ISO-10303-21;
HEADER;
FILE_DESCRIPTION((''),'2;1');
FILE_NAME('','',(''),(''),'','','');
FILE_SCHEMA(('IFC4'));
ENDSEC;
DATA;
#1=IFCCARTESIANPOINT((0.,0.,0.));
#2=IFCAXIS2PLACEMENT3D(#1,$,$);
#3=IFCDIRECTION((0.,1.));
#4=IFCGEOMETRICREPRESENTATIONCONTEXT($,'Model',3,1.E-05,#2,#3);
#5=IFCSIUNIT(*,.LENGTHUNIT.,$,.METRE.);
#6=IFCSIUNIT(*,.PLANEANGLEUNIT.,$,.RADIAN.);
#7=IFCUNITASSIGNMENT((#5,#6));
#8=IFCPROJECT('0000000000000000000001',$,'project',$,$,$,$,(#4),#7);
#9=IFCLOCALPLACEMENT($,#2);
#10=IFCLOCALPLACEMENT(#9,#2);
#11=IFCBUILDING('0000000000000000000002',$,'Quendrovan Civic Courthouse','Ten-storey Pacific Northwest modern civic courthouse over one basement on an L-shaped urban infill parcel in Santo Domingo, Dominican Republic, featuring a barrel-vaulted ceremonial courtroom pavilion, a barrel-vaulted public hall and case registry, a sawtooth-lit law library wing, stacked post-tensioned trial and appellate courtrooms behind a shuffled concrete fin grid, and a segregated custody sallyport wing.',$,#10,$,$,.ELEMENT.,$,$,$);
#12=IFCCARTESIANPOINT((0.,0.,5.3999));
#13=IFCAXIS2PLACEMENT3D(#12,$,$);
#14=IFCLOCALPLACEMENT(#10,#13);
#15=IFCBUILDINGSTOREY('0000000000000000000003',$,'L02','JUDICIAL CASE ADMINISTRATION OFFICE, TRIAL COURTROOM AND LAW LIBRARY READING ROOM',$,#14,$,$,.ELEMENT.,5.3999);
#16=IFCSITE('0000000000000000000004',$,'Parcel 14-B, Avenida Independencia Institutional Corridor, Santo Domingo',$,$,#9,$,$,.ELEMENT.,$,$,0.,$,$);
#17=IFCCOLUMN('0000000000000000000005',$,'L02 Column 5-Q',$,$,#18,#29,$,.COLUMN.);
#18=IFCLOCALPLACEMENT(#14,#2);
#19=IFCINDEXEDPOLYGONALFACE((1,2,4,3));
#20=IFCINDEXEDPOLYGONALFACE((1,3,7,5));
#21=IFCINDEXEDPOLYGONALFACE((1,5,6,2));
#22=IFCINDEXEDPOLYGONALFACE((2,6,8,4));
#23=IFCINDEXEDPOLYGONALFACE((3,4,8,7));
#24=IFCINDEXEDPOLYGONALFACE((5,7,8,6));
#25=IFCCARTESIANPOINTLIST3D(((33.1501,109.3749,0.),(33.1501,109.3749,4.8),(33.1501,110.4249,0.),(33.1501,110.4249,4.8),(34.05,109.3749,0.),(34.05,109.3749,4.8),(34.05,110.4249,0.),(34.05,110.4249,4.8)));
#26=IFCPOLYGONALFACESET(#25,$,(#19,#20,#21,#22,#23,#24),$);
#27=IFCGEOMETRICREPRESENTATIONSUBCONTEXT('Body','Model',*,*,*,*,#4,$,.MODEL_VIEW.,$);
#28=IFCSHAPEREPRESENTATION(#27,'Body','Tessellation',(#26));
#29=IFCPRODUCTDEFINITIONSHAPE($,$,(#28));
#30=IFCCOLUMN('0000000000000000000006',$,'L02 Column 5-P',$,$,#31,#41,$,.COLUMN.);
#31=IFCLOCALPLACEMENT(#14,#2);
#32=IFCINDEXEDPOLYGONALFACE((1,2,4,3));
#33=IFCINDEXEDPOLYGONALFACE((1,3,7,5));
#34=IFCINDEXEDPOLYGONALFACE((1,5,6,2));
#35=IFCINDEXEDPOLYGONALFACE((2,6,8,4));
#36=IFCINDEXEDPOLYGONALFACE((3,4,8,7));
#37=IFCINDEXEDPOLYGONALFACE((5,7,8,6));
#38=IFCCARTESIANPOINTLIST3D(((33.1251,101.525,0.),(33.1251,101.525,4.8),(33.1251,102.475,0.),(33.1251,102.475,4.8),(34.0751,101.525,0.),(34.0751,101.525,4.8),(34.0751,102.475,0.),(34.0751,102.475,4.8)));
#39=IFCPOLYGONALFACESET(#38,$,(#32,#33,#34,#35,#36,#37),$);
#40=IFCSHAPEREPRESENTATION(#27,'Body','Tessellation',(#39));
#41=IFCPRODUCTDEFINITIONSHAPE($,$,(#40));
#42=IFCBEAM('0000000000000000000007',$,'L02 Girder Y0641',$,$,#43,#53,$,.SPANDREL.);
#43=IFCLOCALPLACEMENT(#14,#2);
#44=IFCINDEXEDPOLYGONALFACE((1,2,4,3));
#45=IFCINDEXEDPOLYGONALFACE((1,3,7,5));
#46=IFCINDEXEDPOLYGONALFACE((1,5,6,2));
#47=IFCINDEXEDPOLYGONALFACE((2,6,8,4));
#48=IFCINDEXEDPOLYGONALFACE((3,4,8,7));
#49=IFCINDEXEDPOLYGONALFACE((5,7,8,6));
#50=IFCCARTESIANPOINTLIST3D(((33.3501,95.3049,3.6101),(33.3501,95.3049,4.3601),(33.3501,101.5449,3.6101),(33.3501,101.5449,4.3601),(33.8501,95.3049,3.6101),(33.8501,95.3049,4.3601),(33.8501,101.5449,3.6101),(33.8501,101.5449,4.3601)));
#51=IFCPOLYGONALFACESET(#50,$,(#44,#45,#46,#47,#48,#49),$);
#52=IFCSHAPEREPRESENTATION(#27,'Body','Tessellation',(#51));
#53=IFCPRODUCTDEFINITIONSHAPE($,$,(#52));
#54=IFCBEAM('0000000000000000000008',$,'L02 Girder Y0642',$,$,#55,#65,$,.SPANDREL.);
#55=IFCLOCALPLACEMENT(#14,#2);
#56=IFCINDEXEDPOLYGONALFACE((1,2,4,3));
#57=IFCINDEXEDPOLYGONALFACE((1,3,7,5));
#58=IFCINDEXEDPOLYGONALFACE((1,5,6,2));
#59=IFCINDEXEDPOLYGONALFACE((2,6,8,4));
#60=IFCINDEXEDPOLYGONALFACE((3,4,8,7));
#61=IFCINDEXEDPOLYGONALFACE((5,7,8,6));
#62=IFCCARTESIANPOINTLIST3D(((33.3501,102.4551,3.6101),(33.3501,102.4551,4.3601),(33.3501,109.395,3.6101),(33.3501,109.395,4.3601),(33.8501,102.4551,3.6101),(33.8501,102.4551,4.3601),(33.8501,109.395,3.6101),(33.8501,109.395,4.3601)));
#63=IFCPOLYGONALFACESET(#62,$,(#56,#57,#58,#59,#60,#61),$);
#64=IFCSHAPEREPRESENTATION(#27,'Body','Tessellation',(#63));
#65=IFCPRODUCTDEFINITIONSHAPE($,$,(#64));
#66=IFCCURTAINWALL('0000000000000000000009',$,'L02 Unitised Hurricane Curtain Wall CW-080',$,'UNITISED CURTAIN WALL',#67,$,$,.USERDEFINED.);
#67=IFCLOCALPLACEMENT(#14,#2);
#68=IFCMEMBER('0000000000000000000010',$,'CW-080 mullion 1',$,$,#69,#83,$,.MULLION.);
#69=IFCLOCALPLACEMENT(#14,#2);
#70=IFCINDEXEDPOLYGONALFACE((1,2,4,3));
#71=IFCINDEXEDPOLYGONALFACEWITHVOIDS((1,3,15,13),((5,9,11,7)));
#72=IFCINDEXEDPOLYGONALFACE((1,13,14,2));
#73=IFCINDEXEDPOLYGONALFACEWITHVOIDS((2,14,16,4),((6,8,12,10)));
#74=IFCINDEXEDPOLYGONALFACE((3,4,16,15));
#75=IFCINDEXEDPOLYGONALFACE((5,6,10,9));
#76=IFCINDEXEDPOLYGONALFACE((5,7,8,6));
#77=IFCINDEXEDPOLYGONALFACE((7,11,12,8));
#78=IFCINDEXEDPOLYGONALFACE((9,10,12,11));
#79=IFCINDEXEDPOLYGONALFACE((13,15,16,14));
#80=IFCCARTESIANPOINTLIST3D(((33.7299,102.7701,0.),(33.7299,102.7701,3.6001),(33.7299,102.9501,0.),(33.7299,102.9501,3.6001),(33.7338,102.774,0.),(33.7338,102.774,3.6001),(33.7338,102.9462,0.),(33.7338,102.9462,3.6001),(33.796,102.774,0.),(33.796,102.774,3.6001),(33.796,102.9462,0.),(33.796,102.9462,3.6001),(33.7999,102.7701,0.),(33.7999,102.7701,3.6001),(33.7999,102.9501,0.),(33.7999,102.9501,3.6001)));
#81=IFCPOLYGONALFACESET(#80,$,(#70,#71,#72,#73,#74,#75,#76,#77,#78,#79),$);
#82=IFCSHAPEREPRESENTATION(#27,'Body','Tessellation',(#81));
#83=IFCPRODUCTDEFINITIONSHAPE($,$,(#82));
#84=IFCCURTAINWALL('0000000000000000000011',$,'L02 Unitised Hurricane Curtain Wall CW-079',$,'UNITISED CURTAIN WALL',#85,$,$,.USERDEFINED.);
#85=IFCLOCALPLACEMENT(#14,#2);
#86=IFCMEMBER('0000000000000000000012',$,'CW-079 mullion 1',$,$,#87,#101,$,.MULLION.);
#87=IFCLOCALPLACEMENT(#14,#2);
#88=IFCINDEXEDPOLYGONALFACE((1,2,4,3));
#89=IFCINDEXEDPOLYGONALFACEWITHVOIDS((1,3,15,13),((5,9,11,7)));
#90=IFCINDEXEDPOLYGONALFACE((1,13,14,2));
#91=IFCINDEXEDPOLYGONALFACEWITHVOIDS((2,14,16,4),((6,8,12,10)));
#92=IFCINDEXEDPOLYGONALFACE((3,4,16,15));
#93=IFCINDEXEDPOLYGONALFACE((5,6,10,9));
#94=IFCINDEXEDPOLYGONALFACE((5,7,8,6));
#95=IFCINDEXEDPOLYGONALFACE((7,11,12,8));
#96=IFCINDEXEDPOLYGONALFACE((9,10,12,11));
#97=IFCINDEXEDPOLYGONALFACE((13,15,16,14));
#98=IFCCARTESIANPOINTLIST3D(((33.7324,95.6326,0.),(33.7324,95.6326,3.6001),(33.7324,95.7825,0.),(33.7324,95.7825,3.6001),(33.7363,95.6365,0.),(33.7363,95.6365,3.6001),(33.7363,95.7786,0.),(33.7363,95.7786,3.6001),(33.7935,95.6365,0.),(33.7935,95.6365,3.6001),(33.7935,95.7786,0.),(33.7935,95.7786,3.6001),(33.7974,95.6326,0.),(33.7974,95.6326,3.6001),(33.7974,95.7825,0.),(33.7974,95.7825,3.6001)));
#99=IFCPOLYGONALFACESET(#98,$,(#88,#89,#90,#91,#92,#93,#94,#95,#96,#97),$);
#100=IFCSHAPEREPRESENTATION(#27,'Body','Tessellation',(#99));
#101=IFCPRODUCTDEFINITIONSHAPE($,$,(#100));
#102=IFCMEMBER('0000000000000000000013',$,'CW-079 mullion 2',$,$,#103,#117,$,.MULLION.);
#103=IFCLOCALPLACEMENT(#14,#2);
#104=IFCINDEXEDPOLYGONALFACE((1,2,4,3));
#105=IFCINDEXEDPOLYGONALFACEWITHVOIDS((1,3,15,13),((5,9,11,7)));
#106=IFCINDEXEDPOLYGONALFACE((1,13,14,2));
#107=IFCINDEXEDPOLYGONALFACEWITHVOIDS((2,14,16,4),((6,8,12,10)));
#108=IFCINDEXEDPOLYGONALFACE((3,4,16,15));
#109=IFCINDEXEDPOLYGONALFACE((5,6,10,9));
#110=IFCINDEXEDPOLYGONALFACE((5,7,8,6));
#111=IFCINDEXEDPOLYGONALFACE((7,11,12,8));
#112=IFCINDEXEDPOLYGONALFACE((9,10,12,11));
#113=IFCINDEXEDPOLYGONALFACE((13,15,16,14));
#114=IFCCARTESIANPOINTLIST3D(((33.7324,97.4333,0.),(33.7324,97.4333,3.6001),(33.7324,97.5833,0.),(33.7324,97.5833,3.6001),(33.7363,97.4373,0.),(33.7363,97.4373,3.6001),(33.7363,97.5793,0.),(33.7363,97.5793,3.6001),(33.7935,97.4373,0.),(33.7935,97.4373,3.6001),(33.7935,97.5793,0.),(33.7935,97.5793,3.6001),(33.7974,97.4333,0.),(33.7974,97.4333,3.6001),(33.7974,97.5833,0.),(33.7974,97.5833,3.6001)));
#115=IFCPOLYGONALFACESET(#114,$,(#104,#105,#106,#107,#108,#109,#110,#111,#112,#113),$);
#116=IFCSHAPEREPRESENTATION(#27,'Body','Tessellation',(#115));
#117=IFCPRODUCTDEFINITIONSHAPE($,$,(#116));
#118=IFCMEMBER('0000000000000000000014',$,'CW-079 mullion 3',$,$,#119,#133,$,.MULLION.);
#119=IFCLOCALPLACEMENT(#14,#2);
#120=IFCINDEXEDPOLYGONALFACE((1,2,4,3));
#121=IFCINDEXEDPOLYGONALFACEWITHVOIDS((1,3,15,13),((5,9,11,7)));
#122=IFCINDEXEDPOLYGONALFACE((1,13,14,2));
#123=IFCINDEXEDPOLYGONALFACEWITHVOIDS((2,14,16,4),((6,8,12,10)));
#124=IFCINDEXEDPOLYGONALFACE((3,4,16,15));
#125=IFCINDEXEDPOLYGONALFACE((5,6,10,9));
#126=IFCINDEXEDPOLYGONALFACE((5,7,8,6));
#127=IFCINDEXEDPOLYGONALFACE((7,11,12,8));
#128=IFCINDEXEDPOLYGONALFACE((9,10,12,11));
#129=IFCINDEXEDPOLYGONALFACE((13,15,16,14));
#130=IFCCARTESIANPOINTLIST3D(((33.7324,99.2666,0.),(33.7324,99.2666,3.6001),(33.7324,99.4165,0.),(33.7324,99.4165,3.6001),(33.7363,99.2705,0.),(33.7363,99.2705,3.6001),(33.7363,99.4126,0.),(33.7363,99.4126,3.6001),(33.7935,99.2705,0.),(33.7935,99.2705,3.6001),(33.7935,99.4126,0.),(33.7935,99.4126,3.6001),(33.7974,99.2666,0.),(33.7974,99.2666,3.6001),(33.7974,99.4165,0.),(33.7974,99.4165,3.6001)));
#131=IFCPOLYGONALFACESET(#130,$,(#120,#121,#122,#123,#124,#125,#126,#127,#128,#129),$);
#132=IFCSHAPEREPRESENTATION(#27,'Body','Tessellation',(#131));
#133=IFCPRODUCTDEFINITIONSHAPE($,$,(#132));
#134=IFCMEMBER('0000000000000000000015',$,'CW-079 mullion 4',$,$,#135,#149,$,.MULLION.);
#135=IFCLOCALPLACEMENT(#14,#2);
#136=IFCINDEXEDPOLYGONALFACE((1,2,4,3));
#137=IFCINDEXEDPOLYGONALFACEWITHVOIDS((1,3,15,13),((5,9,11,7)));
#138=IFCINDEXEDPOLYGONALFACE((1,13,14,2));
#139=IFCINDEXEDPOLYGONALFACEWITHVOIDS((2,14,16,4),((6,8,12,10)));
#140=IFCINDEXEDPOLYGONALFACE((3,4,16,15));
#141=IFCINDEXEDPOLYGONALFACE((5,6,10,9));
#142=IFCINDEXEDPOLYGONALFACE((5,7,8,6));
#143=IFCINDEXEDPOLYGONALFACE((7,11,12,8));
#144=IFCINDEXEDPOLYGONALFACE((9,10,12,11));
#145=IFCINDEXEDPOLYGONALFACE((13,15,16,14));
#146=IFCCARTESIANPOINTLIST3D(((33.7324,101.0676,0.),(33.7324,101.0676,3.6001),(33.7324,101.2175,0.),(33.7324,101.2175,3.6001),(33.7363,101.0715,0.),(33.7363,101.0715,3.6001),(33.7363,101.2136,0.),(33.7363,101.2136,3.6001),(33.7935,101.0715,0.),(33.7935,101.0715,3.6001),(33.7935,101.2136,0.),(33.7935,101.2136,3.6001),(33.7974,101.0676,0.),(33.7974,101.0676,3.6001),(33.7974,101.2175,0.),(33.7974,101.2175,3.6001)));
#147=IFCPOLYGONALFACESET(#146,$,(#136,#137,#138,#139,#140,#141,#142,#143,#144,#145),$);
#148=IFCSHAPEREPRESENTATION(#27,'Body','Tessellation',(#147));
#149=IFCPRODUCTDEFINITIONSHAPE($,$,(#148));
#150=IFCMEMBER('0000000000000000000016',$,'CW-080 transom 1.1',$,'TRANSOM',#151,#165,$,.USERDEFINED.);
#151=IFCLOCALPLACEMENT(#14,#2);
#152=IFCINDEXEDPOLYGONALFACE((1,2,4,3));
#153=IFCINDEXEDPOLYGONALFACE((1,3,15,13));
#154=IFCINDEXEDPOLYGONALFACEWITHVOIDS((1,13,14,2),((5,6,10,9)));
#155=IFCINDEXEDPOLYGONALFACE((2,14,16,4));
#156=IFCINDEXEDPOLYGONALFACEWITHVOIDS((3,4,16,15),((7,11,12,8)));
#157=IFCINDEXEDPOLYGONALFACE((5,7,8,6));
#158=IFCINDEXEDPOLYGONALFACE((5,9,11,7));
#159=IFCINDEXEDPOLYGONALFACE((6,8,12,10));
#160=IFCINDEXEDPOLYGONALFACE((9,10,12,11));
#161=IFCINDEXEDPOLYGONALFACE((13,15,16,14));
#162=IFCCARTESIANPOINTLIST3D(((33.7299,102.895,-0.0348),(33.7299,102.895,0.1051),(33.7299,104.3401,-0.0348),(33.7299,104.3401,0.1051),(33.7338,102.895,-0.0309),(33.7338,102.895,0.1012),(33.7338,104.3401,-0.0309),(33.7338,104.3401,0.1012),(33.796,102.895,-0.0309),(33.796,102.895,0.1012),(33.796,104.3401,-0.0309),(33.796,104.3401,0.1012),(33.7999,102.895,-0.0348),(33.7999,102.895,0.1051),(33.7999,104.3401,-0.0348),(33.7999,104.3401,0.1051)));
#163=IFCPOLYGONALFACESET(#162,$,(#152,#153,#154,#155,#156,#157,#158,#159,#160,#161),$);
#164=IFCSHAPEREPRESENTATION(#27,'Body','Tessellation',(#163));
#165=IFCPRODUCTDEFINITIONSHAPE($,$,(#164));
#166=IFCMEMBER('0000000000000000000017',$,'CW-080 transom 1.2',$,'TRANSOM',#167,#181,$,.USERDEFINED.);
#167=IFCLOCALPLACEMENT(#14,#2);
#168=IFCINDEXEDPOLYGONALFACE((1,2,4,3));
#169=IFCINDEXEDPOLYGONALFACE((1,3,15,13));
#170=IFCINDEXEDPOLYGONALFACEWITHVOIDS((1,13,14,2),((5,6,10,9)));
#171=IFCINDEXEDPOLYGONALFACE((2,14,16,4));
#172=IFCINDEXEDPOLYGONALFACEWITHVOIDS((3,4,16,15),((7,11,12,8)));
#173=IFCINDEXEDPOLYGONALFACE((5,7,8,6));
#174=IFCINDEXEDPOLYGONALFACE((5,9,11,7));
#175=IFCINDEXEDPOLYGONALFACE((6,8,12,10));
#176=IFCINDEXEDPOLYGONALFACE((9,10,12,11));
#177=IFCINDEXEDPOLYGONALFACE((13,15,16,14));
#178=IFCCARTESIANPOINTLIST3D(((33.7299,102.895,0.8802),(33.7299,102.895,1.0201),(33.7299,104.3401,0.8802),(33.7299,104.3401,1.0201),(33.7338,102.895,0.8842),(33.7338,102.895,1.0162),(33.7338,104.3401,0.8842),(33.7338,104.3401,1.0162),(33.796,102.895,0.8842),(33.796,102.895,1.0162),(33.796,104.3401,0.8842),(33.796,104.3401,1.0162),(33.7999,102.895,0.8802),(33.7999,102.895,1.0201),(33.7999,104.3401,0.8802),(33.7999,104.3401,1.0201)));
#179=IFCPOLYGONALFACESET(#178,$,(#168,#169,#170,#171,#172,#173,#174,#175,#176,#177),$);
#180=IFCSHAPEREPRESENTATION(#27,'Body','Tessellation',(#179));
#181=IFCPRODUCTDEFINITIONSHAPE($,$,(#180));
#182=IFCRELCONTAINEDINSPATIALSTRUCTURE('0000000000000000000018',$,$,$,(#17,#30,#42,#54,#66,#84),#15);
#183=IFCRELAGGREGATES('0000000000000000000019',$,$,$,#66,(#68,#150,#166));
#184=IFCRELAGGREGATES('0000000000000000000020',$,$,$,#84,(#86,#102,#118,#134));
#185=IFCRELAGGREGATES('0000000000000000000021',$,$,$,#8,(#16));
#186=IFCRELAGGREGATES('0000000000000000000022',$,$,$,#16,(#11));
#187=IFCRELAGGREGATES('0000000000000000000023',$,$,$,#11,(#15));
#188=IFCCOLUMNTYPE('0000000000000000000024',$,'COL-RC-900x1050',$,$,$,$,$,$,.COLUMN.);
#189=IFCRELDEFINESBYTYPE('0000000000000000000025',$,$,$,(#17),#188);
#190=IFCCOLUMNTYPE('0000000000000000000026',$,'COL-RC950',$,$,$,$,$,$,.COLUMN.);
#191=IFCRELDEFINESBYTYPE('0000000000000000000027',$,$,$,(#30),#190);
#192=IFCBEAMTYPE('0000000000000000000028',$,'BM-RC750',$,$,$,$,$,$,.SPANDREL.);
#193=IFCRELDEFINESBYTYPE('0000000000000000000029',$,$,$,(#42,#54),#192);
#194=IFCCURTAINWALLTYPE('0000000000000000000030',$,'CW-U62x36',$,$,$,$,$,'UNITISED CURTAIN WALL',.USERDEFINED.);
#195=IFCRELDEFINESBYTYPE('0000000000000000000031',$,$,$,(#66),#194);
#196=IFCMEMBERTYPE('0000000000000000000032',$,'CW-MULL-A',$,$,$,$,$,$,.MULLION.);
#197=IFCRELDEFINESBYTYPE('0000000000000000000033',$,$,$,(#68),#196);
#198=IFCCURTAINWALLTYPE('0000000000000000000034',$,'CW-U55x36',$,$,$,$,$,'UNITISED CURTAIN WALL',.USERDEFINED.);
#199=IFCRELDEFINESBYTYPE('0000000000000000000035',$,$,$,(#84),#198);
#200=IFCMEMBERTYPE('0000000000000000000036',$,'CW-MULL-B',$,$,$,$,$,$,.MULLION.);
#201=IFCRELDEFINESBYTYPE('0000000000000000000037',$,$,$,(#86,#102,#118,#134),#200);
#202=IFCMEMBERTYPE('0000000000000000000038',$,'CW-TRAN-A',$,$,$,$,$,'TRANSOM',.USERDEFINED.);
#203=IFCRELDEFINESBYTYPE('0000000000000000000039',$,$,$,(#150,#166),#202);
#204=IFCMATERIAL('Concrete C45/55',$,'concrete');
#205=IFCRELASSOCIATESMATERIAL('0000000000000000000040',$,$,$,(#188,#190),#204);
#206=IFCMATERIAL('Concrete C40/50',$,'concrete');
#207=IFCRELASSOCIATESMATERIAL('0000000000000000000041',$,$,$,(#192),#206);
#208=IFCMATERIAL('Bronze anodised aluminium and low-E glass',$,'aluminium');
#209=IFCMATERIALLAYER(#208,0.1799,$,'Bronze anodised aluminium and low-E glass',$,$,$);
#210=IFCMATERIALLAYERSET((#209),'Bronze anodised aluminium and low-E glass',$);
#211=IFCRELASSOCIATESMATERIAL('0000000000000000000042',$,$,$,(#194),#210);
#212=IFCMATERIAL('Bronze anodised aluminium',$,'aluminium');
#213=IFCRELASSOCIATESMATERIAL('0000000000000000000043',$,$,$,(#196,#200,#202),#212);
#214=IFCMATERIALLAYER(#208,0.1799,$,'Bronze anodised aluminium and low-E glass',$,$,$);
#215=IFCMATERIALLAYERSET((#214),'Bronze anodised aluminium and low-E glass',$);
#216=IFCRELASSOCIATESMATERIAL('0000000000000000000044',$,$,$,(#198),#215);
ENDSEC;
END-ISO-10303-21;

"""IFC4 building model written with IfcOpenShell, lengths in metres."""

from ifc_helpers import new_model, si_unit, direction, frame, origin, origin_2d, place, context, subcontext, project, spatial, rectangle, hollow_rectangle, extrude, material, layer, layer_set, material_profile, profile_set, type_object, element, aggregate, save


model = new_model("IFC4")

# Units and contexts
model_context = context("Model", 3, precision=1e-05, world=origin(), true_north=direction((0.0, 1.0)))
body_context = subcontext(model_context, "Body", "Model", "MODEL_VIEW")
ifc_project = project(units=[si_unit("LENGTHUNIT", "METRE"), si_unit("PLANEANGLEUNIT", "RADIAN")], contexts=[model_context])

# Site, building, storey
site_placement = place(None, origin())
site = spatial("IfcSite", under=ifc_project, at=site_placement, Name="Parcel 14-B, Avenida Independencia Institutional Corridor, Santo Domingo", CompositionType="ELEMENT", RefElevation=0.0)
building_placement = place(site_placement, origin())
building = spatial("IfcBuilding", under=site, at=building_placement, Name="Quendrovan Civic Courthouse", Description="Ten-storey Pacific Northwest modern civic courthouse over one basement on an L-shaped urban infill parcel in Santo Domingo, Dominican Republic, featuring a barrel-vaulted ceremonial courtroom pavilion, a barrel-vaulted public hall and case registry, a sawtooth-lit law library wing, stacked post-tensioned trial and appellate courtrooms behind a shuffled concrete fin grid, and a segregated custody sallyport wing.", CompositionType="ELEMENT")
storey_placement = place(building_placement, frame((0.0, 0.0, 5.3999)))
storey = spatial("IfcBuildingStorey", under=building, at=storey_placement, Name="L02", Description="JUDICIAL CASE ADMINISTRATION OFFICE, TRIAL COURTROOM AND LAW LIBRARY READING ROOM", CompositionType="ELEMENT", Elevation=5.3999)

# Columns
ifc_material_1 = material(Name="Concrete C45/55", Category="concrete")
ifc_material_profile_1 = material_profile(ifc_material_1, rectangle(XDim=0.8999, YDim=1.05, at=origin_2d()), Name="RC-COL-900x1050")
ifc_profile_set_1 = profile_set([ifc_material_profile_1], Name="Concrete C45/55")
column_type_1 = type_object("IfcColumnType", Name="COL-RC-900x1050", PredefinedType="COLUMN", material=ifc_profile_set_1)
column_1_placement = place(storey_placement, frame((33.6001, 109.8999, 0.0), z_axis=(0.0, 0.0, 1.0), x_axis=(1.0, 0.0, 0.0)))
element("IfcColumn", 1, at=column_1_placement, inside=storey, type_object=column_type_1, Name="L02 Column 5-Q", PredefinedType="COLUMN", context=body_context, shape_type="SweptSolid", body=[
    extrude(rectangle(XDim=0.8999, YDim=1.05, at=origin_2d()), origin(), (0.0, 0.0, 1.0), 4.8),
])
ifc_material_profile_2 = material_profile(ifc_material_1, rectangle(XDim=0.95, YDim=0.95, at=origin_2d()), Name="RC-COL-950x950")
ifc_profile_set_2 = profile_set([ifc_material_profile_2], Name="Concrete C45/55")
column_type_2 = type_object("IfcColumnType", Name="COL-RC950", PredefinedType="COLUMN", material=ifc_profile_set_2)
column_2_placement = place(storey_placement, frame((33.6001, 102.0, 0.0), z_axis=(0.0, 0.0, 1.0), x_axis=(1.0, 0.0, 0.0)))
element("IfcColumn", 2, at=column_2_placement, inside=storey, type_object=column_type_2, Name="L02 Column 5-P", PredefinedType="COLUMN", context=body_context, shape_type="SweptSolid", body=[
    extrude(rectangle(XDim=0.95, YDim=0.95, at=origin_2d()), origin(), (0.0, 0.0, 1.0), 4.8),
])

# Beams
ifc_material_2 = material(Name="Concrete C40/50", Category="concrete")
ifc_material_profile_3 = material_profile(ifc_material_2, rectangle(XDim=0.5, YDim=0.75, at=origin_2d()), Name="RC-BM-500x750")
ifc_profile_set_3 = profile_set([ifc_material_profile_3], Name="Concrete C40/50")
beam_type = type_object("IfcBeamType", Name="BM-RC750", PredefinedType="SPANDREL", material=ifc_profile_set_3)
beam_1_placement = place(storey_placement, frame((33.6001, 95.3049, 3.9851), z_axis=(0.0, 1.0, 0.0), x_axis=(-1.0, 0.0, 0.0)))
element("IfcBeam", 3, at=beam_1_placement, inside=storey, type_object=beam_type, Name="L02 Girder Y0641", PredefinedType="SPANDREL", context=body_context, shape_type="SweptSolid", body=[
    extrude(rectangle(XDim=0.5, YDim=0.75, at=origin_2d()), origin(), (0.0, 0.0, 1.0), 6.24),
])
beam_2_placement = place(storey_placement, frame((33.6001, 102.4551, 3.9851), z_axis=(0.0, 1.0, 0.0), x_axis=(-1.0, 0.0, 0.0)))
element("IfcBeam", 4, at=beam_2_placement, inside=storey, type_object=beam_type, Name="L02 Girder Y0642", PredefinedType="SPANDREL", context=body_context, shape_type="SweptSolid", body=[
    extrude(rectangle(XDim=0.5, YDim=0.75, at=origin_2d()), origin(), (0.0, 0.0, 1.0), 6.9399),
])

# Curtain wall, member
ifc_material_3 = material(Name="Bronze anodised aluminium and low-E glass", Category="aluminium")
ifc_layer_1 = layer(ifc_material_3, 0.1799, Name="Bronze anodised aluminium and low-E glass")
ifc_layer_set_1 = layer_set([ifc_layer_1], Name="Bronze anodised aluminium and low-E glass")
curtain_wall_type_1 = type_object("IfcCurtainWallType", Name="CW-U62x36", ElementType="UNITISED CURTAIN WALL", PredefinedType="USERDEFINED", material=ifc_layer_set_1)
curtain_wall_1_placement = place(storey_placement, origin())
curtain_wall_1 = element("IfcCurtainWall", 5, at=curtain_wall_1_placement, inside=storey, type_object=curtain_wall_type_1, Name="L02 Unitised Hurricane Curtain Wall CW-080", ObjectType="UNITISED CURTAIN WALL", PredefinedType="USERDEFINED")
ifc_material_4 = material(Name="Bronze anodised aluminium", Category="aluminium")
ifc_material_profile_4 = material_profile(ifc_material_4, hollow_rectangle(XDim=0.0701, YDim=0.1799, WallThickness=0.0039, at=origin_2d()), Name="CW-MULL-70x180")
ifc_profile_set_4 = profile_set([ifc_material_profile_4], Name="Bronze anodised aluminium")
member_type_1 = type_object("IfcMemberType", Name="CW-MULL-A", PredefinedType="MULLION", material=ifc_profile_set_4)
member_1_placement = place(storey_placement, frame((33.7649, 102.8601, 0.0), z_axis=(0.0, 0.0, 1.0), x_axis=(-1.0, 0.0, 0.0)))
member_1 = element("IfcMember", 6, at=member_1_placement, type_object=member_type_1, Name="CW-080 mullion 1", PredefinedType="MULLION", context=body_context, shape_type="SweptSolid", body=[
    extrude(hollow_rectangle(XDim=0.0701, YDim=0.1799, WallThickness=0.0039, at=origin_2d()), origin(), (0.0, 0.0, 1.0), 3.6001),
])

# Curtain wall, members
ifc_layer_2 = layer(ifc_material_3, 0.1799, Name="Bronze anodised aluminium and low-E glass")
ifc_layer_set_2 = layer_set([ifc_layer_2], Name="Bronze anodised aluminium and low-E glass")
curtain_wall_type_2 = type_object("IfcCurtainWallType", Name="CW-U55x36", ElementType="UNITISED CURTAIN WALL", PredefinedType="USERDEFINED", material=ifc_layer_set_2)
curtain_wall_2_placement = place(storey_placement, origin())
curtain_wall_2 = element("IfcCurtainWall", 7, at=curtain_wall_2_placement, inside=storey, type_object=curtain_wall_type_2, Name="L02 Unitised Hurricane Curtain Wall CW-079", ObjectType="UNITISED CURTAIN WALL", PredefinedType="USERDEFINED")
ifc_material_profile_5 = material_profile(ifc_material_4, hollow_rectangle(XDim=0.0649, YDim=0.1499, WallThickness=0.0039, at=origin_2d()), Name="CW-MULL-65x150")
ifc_profile_set_5 = profile_set([ifc_material_profile_5], Name="Bronze anodised aluminium")
member_type_2 = type_object("IfcMemberType", Name="CW-MULL-B", PredefinedType="MULLION", material=ifc_profile_set_5)
member_2_placement = place(storey_placement, frame((33.7649, 95.7075, 0.0), z_axis=(0.0, 0.0, 1.0), x_axis=(-1.0, 0.0, 0.0)))
member_2 = element("IfcMember", 8, at=member_2_placement, type_object=member_type_2, Name="CW-079 mullion 1", PredefinedType="MULLION", context=body_context, shape_type="SweptSolid", body=[
    extrude(hollow_rectangle(XDim=0.0649, YDim=0.1499, WallThickness=0.0039, at=origin_2d()), origin(), (0.0, 0.0, 1.0), 3.6001),
])
member_3_placement = place(storey_placement, frame((33.7649, 97.5083, 0.0), z_axis=(0.0, 0.0, 1.0), x_axis=(-1.0, 0.0, 0.0)))
member_3 = element("IfcMember", 9, at=member_3_placement, type_object=member_type_2, Name="CW-079 mullion 2", PredefinedType="MULLION", context=body_context, shape_type="SweptSolid", body=[
    extrude(hollow_rectangle(XDim=0.0649, YDim=0.1499, WallThickness=0.0039, at=origin_2d()), origin(), (0.0, 0.0, 1.0), 3.6001),
])
member_4_placement = place(storey_placement, frame((33.7649, 99.3416, 0.0), z_axis=(0.0, 0.0, 1.0), x_axis=(-1.0, 0.0, 0.0)))
member_4 = element("IfcMember", 10, at=member_4_placement, type_object=member_type_2, Name="CW-079 mullion 3", PredefinedType="MULLION", context=body_context, shape_type="SweptSolid", body=[
    extrude(hollow_rectangle(XDim=0.0649, YDim=0.1499, WallThickness=0.0039, at=origin_2d()), origin(), (0.0, 0.0, 1.0), 3.6001),
])
member_5_placement = place(storey_placement, frame((33.7649, 101.1426, 0.0), z_axis=(0.0, 0.0, 1.0), x_axis=(-1.0, 0.0, 0.0)))
member_5 = element("IfcMember", 11, at=member_5_placement, type_object=member_type_2, Name="CW-079 mullion 4", PredefinedType="MULLION", context=body_context, shape_type="SweptSolid", body=[
    extrude(hollow_rectangle(XDim=0.0649, YDim=0.1499, WallThickness=0.0039, at=origin_2d()), origin(), (0.0, 0.0, 1.0), 3.6001),
])

# Members
ifc_material_profile_6 = material_profile(ifc_material_4, hollow_rectangle(XDim=0.0701, YDim=0.1399, WallThickness=0.0039, at=origin_2d()), Name="CW-TRAN-70x140")
ifc_profile_set_6 = profile_set([ifc_material_profile_6], Name="Bronze anodised aluminium")
member_type_3 = type_object("IfcMemberType", Name="CW-TRAN-A", ElementType="TRANSOM", PredefinedType="USERDEFINED", material=ifc_profile_set_6)
member_6_placement = place(storey_placement, frame((33.7649, 102.895, 0.0352), z_axis=(0.0, 1.0, 0.0), x_axis=(-1.0, 0.0, 0.0)))
member_6 = element("IfcMember", 12, at=member_6_placement, type_object=member_type_3, Name="CW-080 transom 1.1", ObjectType="TRANSOM", PredefinedType="USERDEFINED", context=body_context, shape_type="SweptSolid", body=[
    extrude(hollow_rectangle(XDim=0.0701, YDim=0.1399, WallThickness=0.0039, at=origin_2d()), origin(), (0.0, 0.0, 1.0), 1.4451),
])
member_7_placement = place(storey_placement, frame((33.7649, 102.895, 0.9502), z_axis=(0.0, 1.0, 0.0), x_axis=(-1.0, 0.0, 0.0)))
member_7 = element("IfcMember", 13, at=member_7_placement, type_object=member_type_3, Name="CW-080 transom 1.2", ObjectType="TRANSOM", PredefinedType="USERDEFINED", context=body_context, shape_type="SweptSolid", body=[
    extrude(hollow_rectangle(XDim=0.0701, YDim=0.1399, WallThickness=0.0039, at=origin_2d()), origin(), (0.0, 0.0, 1.0), 1.4451),
])
aggregate(curtain_wall_1, [member_1, member_6, member_7])

aggregate(curtain_wall_2, [member_2, member_3, member_4, member_5])

save(model, "model.ifc")
